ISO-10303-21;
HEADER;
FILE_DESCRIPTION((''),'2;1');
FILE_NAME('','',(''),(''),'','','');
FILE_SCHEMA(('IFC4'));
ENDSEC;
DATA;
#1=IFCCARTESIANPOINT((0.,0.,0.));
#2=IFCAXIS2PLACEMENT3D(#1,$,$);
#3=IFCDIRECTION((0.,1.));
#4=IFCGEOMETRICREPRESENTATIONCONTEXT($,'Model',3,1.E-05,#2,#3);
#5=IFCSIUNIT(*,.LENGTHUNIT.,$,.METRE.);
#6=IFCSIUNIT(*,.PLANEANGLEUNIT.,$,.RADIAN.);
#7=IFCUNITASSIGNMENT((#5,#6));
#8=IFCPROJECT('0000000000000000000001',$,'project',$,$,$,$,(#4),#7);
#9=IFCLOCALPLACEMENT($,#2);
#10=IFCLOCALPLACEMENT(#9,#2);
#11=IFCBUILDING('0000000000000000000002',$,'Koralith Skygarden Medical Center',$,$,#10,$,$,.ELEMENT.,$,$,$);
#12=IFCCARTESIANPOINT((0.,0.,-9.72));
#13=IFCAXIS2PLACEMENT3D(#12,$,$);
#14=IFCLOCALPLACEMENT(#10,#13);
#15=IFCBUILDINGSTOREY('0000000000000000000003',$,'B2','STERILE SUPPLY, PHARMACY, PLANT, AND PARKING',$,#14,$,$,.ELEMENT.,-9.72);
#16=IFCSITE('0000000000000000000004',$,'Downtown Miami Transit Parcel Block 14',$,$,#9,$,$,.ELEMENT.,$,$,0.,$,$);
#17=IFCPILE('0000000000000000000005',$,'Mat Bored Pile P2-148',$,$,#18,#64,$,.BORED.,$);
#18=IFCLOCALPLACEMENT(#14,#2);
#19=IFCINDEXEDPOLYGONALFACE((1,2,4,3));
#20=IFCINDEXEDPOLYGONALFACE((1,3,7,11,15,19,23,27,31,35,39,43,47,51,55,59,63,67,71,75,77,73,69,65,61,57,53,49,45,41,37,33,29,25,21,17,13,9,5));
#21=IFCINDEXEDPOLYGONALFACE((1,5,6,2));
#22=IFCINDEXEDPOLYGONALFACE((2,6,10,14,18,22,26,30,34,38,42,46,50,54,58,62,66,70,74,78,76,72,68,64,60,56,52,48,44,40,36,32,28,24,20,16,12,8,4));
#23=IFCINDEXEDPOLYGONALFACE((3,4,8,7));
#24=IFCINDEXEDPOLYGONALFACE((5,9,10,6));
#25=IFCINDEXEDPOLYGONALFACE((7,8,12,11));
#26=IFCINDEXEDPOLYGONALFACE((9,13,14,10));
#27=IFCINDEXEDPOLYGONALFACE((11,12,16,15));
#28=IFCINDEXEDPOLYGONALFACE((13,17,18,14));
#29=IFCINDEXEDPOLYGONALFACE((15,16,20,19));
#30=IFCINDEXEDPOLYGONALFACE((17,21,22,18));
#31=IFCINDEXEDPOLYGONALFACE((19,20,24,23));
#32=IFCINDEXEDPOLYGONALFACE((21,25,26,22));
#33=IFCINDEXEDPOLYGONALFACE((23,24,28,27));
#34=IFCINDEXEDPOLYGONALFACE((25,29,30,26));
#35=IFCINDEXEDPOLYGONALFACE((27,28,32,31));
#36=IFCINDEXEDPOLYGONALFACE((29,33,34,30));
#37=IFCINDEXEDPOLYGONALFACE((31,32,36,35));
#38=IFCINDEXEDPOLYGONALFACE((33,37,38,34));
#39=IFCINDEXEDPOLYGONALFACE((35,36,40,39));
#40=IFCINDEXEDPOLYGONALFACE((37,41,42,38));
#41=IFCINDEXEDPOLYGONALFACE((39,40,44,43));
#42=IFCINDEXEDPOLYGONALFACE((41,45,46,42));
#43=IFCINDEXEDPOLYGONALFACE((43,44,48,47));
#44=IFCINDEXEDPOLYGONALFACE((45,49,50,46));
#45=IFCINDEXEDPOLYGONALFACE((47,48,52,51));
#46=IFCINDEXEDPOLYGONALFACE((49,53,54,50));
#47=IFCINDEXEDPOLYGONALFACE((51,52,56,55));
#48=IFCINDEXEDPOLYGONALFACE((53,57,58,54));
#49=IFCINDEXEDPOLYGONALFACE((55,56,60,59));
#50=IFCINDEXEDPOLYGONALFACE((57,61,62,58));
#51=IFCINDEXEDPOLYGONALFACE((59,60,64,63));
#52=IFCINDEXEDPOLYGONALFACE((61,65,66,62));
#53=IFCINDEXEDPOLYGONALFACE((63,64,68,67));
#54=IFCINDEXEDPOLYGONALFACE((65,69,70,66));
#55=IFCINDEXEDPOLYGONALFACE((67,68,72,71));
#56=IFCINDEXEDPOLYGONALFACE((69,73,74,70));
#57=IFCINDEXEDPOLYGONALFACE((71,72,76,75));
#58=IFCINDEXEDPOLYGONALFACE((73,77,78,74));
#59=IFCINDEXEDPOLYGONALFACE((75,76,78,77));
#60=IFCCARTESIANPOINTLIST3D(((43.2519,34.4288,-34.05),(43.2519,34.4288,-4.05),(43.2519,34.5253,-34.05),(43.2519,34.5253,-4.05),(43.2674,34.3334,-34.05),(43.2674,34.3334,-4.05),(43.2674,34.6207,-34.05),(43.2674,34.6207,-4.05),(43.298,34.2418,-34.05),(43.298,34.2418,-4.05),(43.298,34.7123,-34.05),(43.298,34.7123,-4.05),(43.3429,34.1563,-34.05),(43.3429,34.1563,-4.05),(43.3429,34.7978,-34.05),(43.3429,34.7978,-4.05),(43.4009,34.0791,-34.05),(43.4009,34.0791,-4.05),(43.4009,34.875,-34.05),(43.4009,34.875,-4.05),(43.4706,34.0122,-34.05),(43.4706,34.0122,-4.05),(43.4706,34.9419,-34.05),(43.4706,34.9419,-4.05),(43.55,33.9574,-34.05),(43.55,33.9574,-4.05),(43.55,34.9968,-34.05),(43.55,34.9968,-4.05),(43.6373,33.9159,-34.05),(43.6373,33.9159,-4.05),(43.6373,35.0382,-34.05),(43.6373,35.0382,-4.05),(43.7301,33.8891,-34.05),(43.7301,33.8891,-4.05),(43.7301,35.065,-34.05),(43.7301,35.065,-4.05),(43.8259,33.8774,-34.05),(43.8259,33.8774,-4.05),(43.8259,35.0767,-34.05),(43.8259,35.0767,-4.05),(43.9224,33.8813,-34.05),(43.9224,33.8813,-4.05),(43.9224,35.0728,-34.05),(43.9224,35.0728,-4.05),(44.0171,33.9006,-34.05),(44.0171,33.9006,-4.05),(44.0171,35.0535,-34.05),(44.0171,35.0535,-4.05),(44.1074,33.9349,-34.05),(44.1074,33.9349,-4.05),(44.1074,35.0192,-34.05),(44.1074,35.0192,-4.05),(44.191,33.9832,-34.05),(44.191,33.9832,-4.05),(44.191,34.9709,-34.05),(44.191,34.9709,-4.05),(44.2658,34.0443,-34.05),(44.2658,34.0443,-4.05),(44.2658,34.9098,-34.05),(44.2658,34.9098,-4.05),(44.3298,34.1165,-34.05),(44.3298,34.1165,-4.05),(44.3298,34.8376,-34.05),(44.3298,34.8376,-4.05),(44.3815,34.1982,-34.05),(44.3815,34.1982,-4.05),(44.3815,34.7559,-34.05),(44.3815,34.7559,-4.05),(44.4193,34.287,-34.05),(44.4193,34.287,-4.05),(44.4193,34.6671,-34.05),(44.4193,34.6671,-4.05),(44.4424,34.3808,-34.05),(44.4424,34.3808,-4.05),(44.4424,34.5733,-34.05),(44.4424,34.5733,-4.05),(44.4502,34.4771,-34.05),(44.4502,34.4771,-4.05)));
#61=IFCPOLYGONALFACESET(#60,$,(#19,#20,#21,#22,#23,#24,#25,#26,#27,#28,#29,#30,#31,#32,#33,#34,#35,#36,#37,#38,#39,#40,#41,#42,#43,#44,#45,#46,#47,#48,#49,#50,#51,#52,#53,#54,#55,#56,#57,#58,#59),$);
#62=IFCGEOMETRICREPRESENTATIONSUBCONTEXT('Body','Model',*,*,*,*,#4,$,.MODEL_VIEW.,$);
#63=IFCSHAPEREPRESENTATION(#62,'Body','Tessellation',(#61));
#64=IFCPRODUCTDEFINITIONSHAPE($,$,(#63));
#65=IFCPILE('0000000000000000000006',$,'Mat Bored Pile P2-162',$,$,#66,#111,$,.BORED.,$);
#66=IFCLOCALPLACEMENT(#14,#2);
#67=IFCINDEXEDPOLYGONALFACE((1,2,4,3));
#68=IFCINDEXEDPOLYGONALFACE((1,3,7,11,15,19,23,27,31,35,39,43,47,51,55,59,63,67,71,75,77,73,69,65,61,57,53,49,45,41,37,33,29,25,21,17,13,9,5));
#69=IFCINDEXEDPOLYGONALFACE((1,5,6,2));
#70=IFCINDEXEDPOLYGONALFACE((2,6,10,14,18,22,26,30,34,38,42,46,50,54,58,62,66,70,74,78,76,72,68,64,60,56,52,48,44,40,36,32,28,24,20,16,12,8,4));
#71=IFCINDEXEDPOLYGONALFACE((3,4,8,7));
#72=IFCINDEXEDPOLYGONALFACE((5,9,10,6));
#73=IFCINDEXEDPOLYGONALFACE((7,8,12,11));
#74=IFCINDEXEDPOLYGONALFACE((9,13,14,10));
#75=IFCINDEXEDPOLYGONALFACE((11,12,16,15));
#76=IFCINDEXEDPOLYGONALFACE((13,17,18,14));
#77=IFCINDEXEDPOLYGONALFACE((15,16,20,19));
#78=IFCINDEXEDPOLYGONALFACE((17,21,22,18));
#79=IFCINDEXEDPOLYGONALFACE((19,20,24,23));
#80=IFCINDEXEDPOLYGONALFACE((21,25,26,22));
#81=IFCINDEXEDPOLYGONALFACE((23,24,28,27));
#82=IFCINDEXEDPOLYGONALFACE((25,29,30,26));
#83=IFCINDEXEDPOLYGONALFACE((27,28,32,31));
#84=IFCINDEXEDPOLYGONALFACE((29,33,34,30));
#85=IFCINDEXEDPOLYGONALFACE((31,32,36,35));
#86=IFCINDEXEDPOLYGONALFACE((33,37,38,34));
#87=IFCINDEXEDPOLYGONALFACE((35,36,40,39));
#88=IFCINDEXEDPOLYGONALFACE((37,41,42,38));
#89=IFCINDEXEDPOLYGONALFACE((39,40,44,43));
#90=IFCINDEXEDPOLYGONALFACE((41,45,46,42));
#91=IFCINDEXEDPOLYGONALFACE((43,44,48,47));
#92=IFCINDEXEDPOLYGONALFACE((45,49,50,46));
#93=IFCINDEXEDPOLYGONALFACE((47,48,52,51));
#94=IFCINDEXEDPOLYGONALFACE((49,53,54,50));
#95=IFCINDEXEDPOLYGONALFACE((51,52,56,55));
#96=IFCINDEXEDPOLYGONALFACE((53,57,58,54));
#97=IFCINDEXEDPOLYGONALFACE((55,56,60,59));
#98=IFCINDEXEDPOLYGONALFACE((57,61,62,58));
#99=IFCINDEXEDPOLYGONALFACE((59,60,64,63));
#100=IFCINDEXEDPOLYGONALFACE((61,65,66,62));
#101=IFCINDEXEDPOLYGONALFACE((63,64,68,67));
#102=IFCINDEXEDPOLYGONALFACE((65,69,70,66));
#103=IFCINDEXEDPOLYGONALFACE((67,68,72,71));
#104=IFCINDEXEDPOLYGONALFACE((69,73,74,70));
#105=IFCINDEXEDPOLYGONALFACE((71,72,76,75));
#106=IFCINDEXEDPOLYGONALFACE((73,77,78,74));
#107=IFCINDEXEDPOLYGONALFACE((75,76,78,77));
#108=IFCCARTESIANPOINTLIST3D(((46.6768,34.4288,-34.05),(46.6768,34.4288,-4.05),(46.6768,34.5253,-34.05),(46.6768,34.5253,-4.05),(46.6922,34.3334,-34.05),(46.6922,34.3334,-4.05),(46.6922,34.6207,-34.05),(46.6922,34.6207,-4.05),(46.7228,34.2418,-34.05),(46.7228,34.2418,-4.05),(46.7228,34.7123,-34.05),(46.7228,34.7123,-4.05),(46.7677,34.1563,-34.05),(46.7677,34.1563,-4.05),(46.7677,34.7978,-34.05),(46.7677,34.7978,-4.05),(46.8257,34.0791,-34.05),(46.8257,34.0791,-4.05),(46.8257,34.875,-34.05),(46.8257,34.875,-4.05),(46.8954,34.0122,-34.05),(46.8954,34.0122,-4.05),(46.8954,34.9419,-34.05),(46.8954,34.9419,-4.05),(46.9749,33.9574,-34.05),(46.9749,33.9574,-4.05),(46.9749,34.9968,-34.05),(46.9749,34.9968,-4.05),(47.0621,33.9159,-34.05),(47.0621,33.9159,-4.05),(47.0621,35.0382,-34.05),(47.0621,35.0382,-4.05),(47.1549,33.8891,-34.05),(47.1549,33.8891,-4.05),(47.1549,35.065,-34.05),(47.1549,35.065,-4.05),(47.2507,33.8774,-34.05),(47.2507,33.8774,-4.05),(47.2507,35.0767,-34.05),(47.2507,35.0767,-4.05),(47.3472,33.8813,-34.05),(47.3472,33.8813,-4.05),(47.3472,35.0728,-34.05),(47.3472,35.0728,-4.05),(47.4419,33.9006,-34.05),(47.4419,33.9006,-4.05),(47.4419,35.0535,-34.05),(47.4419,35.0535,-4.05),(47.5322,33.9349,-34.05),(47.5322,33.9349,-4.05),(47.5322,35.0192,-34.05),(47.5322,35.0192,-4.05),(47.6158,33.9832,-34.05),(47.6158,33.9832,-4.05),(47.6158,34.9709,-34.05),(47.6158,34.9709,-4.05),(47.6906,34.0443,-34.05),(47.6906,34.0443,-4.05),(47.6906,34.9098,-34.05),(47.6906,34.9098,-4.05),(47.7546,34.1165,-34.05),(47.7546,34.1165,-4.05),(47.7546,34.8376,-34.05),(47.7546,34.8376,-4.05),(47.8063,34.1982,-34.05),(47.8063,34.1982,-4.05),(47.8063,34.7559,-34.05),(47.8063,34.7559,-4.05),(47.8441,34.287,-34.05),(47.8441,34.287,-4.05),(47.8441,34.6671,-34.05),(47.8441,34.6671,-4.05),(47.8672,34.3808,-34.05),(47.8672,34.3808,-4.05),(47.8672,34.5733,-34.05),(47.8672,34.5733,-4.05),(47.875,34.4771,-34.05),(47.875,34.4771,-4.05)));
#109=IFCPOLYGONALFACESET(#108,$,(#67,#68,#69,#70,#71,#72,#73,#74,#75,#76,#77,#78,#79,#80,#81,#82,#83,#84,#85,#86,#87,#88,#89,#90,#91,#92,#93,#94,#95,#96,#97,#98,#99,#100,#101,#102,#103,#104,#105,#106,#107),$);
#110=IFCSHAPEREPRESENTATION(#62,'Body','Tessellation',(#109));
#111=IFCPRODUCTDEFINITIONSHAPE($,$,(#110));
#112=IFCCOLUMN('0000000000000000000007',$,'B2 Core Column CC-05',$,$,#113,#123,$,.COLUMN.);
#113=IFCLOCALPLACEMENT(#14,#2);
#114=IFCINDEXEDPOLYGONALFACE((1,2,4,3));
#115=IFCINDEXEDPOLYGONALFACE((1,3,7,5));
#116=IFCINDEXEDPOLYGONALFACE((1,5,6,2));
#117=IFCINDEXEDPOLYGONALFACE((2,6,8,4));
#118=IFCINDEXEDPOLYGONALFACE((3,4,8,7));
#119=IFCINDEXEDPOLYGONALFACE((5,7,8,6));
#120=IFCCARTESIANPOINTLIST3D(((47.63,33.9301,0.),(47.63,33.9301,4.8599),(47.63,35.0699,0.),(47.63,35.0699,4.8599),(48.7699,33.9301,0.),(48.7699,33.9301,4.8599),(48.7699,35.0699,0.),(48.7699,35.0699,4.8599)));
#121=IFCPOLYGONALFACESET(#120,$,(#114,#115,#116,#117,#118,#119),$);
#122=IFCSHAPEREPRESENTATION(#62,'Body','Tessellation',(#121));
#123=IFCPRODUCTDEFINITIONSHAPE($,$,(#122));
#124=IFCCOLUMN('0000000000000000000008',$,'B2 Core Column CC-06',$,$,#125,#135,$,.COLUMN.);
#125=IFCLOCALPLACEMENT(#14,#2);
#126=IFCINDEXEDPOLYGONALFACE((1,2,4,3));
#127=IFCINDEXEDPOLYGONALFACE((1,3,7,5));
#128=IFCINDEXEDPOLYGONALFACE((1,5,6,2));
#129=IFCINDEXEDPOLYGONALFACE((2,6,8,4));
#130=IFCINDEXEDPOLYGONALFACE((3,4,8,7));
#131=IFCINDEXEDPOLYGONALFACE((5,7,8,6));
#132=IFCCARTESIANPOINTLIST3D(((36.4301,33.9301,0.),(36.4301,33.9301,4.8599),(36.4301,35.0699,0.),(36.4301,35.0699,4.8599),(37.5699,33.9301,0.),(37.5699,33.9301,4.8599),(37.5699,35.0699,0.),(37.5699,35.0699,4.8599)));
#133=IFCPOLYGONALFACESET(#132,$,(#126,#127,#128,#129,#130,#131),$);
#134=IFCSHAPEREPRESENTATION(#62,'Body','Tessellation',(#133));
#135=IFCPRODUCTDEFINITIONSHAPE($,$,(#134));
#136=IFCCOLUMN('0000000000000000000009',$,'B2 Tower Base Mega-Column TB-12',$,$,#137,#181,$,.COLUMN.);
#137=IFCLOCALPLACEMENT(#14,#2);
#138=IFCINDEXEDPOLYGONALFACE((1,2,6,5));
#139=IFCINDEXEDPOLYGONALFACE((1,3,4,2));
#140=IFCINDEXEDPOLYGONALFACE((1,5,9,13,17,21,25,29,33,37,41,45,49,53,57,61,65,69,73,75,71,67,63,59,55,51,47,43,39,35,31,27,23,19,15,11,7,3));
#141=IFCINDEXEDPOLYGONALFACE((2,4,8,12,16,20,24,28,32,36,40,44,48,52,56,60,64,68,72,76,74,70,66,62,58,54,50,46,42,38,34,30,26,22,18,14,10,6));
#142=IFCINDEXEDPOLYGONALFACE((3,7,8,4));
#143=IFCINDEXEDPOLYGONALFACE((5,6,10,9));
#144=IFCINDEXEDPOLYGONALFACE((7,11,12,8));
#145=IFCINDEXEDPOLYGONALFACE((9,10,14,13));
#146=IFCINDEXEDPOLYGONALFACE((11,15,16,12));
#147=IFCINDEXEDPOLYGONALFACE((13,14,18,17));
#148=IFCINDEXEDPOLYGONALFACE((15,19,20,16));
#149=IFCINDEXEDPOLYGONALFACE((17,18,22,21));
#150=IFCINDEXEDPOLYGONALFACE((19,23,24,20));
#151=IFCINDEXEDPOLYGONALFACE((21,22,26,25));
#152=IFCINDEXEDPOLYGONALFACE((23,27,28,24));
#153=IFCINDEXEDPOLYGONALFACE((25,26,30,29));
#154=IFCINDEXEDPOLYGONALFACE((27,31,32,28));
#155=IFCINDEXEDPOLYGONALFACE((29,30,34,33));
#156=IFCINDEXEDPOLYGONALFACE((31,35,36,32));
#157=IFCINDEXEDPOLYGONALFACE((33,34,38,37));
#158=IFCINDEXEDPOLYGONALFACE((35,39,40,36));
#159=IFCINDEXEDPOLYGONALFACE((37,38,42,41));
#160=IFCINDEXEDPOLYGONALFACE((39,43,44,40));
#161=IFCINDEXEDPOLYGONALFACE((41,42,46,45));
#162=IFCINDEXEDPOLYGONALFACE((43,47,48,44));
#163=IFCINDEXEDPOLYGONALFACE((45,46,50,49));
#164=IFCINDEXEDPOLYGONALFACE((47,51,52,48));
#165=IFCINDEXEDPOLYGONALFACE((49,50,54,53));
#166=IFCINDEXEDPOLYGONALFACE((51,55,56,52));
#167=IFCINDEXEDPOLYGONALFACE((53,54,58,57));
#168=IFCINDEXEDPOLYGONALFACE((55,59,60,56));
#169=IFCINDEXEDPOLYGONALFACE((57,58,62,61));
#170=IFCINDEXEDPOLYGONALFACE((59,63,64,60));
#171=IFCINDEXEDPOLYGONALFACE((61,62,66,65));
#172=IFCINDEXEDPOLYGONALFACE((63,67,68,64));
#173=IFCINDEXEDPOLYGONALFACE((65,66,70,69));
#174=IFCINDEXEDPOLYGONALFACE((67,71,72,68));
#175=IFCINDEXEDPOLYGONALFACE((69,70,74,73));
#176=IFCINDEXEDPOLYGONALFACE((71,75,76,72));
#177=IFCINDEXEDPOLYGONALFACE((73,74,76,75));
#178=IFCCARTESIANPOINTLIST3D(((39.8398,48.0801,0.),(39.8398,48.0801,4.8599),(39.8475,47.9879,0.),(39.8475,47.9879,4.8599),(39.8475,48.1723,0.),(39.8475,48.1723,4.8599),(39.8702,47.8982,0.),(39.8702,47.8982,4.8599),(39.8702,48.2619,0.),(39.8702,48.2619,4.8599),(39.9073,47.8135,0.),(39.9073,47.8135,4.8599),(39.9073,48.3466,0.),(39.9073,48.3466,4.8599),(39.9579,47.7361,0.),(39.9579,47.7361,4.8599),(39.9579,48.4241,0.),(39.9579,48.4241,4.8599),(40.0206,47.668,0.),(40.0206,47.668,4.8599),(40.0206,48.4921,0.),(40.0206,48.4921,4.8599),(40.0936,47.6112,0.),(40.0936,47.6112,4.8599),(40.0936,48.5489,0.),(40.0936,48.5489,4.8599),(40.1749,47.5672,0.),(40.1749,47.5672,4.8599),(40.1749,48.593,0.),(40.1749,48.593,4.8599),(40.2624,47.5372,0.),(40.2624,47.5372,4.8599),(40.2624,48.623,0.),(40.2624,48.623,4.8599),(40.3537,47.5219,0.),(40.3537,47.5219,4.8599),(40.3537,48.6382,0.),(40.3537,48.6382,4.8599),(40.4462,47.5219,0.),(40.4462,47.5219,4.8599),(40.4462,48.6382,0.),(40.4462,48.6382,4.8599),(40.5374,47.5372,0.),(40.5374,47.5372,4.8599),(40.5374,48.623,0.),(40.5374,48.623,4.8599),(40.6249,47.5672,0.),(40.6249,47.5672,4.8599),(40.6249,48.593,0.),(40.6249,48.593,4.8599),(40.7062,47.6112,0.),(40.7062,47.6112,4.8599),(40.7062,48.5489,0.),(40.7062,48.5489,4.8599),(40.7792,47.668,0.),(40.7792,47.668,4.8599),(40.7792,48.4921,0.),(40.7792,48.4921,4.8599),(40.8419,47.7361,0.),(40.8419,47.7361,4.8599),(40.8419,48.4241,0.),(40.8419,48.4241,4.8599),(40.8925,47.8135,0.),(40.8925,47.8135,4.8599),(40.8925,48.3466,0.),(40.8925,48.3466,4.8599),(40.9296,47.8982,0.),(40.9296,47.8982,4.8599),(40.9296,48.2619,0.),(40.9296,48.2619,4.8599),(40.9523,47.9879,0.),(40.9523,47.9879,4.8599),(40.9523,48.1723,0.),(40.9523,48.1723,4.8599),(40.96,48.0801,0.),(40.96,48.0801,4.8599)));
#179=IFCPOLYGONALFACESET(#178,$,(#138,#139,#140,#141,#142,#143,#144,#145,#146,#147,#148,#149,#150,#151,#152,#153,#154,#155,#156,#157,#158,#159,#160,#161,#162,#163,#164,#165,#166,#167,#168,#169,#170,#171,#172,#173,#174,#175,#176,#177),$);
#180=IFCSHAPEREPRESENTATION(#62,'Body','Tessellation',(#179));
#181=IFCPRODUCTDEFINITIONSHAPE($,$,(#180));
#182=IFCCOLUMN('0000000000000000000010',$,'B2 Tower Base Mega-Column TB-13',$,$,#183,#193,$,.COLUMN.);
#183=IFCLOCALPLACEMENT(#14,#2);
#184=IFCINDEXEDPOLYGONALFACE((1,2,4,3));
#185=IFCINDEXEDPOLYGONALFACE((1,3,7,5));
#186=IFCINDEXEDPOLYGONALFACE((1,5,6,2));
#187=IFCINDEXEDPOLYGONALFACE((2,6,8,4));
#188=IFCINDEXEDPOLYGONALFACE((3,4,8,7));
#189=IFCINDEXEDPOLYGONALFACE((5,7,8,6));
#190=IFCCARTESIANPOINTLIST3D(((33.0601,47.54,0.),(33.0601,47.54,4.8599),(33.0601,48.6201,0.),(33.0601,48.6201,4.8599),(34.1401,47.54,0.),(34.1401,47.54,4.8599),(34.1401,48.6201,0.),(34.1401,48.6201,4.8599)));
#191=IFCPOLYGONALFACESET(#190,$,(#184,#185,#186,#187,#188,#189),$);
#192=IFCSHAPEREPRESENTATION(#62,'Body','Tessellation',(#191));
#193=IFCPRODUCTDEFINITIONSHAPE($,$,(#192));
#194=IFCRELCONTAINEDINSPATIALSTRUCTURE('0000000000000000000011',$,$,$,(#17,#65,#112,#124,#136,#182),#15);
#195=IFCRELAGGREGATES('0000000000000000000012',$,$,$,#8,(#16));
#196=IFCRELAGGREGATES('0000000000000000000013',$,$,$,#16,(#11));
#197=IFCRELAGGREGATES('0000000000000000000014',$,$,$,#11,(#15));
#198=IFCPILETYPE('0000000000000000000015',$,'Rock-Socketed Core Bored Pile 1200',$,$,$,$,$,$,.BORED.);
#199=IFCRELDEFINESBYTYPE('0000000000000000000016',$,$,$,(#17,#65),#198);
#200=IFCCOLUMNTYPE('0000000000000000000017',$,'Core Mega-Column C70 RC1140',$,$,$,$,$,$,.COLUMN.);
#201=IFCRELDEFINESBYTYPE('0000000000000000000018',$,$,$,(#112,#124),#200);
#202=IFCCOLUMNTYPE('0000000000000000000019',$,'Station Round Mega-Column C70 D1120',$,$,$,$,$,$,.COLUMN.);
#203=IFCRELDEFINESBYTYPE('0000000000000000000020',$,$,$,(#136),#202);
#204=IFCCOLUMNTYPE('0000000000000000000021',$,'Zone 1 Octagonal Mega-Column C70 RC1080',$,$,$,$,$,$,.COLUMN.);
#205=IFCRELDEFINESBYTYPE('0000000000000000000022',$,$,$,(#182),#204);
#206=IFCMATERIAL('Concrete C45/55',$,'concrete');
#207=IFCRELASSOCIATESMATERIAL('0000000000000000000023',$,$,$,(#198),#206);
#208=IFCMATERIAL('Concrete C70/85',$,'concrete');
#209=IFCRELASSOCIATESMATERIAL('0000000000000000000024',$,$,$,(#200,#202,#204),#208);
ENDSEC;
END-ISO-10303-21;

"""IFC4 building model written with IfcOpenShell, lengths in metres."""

from ifc_helpers import new_model, si_unit, direction, frame, origin, origin_2d, place, context, subcontext, project, spatial, rectangle, circle, extrude, material, material_profile, profile_set, type_object, element, save


model = new_model("IFC4")

# Units and contexts
model_context = context("Model", 3, precision=1e-05, world=origin(), true_north=direction((0.0, 1.0)))
body_context = subcontext(model_context, "Body", "Model", "MODEL_VIEW")
ifc_project = project(units=[si_unit("LENGTHUNIT", "METRE"), si_unit("PLANEANGLEUNIT", "RADIAN")], contexts=[model_context])

# Site, building, storey
site_placement = place(None, origin())
site = spatial("IfcSite", under=ifc_project, at=site_placement, Name="Downtown Miami Transit Parcel Block 14", CompositionType="ELEMENT", RefElevation=0.0)
building_placement = place(site_placement, origin())
building = spatial("IfcBuilding", under=site, at=building_placement, Name="Koralith Skygarden Medical Center", CompositionType="ELEMENT")
storey_placement = place(building_placement, frame((0.0, 0.0, -9.72)))
storey = spatial("IfcBuildingStorey", under=building, at=storey_placement, Name="B2", Description="STERILE SUPPLY, PHARMACY, PLANT, AND PARKING", CompositionType="ELEMENT", Elevation=-9.72)

# Piles
ifc_material_1 = material(Name="Concrete C45/55", Category="concrete")
ifc_material_profile_1 = material_profile(ifc_material_1, circle(Radius=0.6001, at=origin_2d()), Name="PILE1200")
ifc_profile_set_1 = profile_set([ifc_material_profile_1], Name="Concrete C45/55")
pile_type_1 = type_object("IfcPileType", Name="Rock-Socketed Core Bored Pile 1200", PredefinedType="BORED", material=ifc_profile_set_1)
for number, where, z_axis, x_axis, name in (
    (1, (43.8501, 34.4771, -4.05), (0.0, 0.0, -1.0), (1.0, 0.0, 0.0), "Mat Bored Pile P2-148"),
    (2, (47.2749, 34.4771, -4.05), (0.0, 0.0, -1.0), (1.0, 0.0, 0.0), "Mat Bored Pile P2-162"),
):
    element("IfcPile", number, at=place(storey_placement, frame(where, z_axis=z_axis, x_axis=x_axis)), inside=storey, type_object=pile_type_1, Name=name, PredefinedType="BORED", context=body_context, shape_type="SweptSolid", body=[
        extrude(circle(Radius=0.6001, at=origin_2d()), origin(), (0.0, 0.0, 1.0), 30.0),
    ])

# Columns
ifc_material_2 = material(Name="Concrete C70/85", Category="concrete")
ifc_material_profile_2 = material_profile(ifc_material_2, rectangle(XDim=1.1399, YDim=1.1399, at=origin_2d()), Name="RC1140X1140")
ifc_profile_set_2 = profile_set([ifc_material_profile_2], Name="Concrete C70/85")
column_type_1 = type_object("IfcColumnType", Name="Core Mega-Column C70 RC1140", PredefinedType="COLUMN", material=ifc_profile_set_2)
for number, where, z_axis, x_axis, name in (
    (3, (48.2, 34.5, 0.0), (0.0, 0.0, 1.0), (1.0, 0.0, 0.0), "B2 Core Column CC-05"),
    (4, (37.0, 34.5, 0.0), (0.0, 0.0, 1.0), (1.0, 0.0, 0.0), "B2 Core Column CC-06"),
):
    element("IfcColumn", number, at=place(storey_placement, frame(where, z_axis=z_axis, x_axis=x_axis)), inside=storey, type_object=column_type_1, Name=name, PredefinedType="COLUMN", context=body_context, shape_type="SweptSolid", body=[
        extrude(rectangle(XDim=1.1399, YDim=1.1399, at=origin_2d()), origin(), (0.0, 0.0, 1.0), 4.8599),
    ])
ifc_material_profile_3 = material_profile(ifc_material_2, circle(Radius=0.5601, at=origin_2d()), Name="RCCOL1120")
ifc_profile_set_3 = profile_set([ifc_material_profile_3], Name="Concrete C70/85")
column_type_2 = type_object("IfcColumnType", Name="Station Round Mega-Column C70 D1120", PredefinedType="COLUMN", material=ifc_profile_set_3)
column_1_placement = place(storey_placement, frame((40.3999, 48.0801, 0.0), z_axis=(0.0, 0.0, 1.0), x_axis=(1.0, 0.0, 0.0)))
element("IfcColumn", 5, at=column_1_placement, inside=storey, type_object=column_type_2, Name="B2 Tower Base Mega-Column TB-12", PredefinedType="COLUMN", context=body_context, shape_type="SweptSolid", body=[
    extrude(circle(Radius=0.5601, at=origin_2d()), origin(), (0.0, 0.0, 1.0), 4.8599),
])
ifc_material_profile_4 = material_profile(ifc_material_2, rectangle(XDim=1.0801, YDim=1.0801, at=origin_2d()), Name="RC1080X1080")
ifc_profile_set_4 = profile_set([ifc_material_profile_4], Name="Concrete C70/85")
column_type_3 = type_object("IfcColumnType", Name="Zone 1 Octagonal Mega-Column C70 RC1080", PredefinedType="COLUMN", material=ifc_profile_set_4)
column_2_placement = place(storey_placement, frame((33.6001, 48.0801, 0.0), z_axis=(0.0, 0.0, 1.0), x_axis=(1.0, 0.0, 0.0)))
element("IfcColumn", 6, at=column_2_placement, inside=storey, type_object=column_type_3, Name="B2 Tower Base Mega-Column TB-13", PredefinedType="COLUMN", context=body_context, shape_type="SweptSolid", body=[
    extrude(rectangle(XDim=1.0801, YDim=1.0801, at=origin_2d()), origin(), (0.0, 0.0, 1.0), 4.8599),
])

save(model, "model.ifc")
